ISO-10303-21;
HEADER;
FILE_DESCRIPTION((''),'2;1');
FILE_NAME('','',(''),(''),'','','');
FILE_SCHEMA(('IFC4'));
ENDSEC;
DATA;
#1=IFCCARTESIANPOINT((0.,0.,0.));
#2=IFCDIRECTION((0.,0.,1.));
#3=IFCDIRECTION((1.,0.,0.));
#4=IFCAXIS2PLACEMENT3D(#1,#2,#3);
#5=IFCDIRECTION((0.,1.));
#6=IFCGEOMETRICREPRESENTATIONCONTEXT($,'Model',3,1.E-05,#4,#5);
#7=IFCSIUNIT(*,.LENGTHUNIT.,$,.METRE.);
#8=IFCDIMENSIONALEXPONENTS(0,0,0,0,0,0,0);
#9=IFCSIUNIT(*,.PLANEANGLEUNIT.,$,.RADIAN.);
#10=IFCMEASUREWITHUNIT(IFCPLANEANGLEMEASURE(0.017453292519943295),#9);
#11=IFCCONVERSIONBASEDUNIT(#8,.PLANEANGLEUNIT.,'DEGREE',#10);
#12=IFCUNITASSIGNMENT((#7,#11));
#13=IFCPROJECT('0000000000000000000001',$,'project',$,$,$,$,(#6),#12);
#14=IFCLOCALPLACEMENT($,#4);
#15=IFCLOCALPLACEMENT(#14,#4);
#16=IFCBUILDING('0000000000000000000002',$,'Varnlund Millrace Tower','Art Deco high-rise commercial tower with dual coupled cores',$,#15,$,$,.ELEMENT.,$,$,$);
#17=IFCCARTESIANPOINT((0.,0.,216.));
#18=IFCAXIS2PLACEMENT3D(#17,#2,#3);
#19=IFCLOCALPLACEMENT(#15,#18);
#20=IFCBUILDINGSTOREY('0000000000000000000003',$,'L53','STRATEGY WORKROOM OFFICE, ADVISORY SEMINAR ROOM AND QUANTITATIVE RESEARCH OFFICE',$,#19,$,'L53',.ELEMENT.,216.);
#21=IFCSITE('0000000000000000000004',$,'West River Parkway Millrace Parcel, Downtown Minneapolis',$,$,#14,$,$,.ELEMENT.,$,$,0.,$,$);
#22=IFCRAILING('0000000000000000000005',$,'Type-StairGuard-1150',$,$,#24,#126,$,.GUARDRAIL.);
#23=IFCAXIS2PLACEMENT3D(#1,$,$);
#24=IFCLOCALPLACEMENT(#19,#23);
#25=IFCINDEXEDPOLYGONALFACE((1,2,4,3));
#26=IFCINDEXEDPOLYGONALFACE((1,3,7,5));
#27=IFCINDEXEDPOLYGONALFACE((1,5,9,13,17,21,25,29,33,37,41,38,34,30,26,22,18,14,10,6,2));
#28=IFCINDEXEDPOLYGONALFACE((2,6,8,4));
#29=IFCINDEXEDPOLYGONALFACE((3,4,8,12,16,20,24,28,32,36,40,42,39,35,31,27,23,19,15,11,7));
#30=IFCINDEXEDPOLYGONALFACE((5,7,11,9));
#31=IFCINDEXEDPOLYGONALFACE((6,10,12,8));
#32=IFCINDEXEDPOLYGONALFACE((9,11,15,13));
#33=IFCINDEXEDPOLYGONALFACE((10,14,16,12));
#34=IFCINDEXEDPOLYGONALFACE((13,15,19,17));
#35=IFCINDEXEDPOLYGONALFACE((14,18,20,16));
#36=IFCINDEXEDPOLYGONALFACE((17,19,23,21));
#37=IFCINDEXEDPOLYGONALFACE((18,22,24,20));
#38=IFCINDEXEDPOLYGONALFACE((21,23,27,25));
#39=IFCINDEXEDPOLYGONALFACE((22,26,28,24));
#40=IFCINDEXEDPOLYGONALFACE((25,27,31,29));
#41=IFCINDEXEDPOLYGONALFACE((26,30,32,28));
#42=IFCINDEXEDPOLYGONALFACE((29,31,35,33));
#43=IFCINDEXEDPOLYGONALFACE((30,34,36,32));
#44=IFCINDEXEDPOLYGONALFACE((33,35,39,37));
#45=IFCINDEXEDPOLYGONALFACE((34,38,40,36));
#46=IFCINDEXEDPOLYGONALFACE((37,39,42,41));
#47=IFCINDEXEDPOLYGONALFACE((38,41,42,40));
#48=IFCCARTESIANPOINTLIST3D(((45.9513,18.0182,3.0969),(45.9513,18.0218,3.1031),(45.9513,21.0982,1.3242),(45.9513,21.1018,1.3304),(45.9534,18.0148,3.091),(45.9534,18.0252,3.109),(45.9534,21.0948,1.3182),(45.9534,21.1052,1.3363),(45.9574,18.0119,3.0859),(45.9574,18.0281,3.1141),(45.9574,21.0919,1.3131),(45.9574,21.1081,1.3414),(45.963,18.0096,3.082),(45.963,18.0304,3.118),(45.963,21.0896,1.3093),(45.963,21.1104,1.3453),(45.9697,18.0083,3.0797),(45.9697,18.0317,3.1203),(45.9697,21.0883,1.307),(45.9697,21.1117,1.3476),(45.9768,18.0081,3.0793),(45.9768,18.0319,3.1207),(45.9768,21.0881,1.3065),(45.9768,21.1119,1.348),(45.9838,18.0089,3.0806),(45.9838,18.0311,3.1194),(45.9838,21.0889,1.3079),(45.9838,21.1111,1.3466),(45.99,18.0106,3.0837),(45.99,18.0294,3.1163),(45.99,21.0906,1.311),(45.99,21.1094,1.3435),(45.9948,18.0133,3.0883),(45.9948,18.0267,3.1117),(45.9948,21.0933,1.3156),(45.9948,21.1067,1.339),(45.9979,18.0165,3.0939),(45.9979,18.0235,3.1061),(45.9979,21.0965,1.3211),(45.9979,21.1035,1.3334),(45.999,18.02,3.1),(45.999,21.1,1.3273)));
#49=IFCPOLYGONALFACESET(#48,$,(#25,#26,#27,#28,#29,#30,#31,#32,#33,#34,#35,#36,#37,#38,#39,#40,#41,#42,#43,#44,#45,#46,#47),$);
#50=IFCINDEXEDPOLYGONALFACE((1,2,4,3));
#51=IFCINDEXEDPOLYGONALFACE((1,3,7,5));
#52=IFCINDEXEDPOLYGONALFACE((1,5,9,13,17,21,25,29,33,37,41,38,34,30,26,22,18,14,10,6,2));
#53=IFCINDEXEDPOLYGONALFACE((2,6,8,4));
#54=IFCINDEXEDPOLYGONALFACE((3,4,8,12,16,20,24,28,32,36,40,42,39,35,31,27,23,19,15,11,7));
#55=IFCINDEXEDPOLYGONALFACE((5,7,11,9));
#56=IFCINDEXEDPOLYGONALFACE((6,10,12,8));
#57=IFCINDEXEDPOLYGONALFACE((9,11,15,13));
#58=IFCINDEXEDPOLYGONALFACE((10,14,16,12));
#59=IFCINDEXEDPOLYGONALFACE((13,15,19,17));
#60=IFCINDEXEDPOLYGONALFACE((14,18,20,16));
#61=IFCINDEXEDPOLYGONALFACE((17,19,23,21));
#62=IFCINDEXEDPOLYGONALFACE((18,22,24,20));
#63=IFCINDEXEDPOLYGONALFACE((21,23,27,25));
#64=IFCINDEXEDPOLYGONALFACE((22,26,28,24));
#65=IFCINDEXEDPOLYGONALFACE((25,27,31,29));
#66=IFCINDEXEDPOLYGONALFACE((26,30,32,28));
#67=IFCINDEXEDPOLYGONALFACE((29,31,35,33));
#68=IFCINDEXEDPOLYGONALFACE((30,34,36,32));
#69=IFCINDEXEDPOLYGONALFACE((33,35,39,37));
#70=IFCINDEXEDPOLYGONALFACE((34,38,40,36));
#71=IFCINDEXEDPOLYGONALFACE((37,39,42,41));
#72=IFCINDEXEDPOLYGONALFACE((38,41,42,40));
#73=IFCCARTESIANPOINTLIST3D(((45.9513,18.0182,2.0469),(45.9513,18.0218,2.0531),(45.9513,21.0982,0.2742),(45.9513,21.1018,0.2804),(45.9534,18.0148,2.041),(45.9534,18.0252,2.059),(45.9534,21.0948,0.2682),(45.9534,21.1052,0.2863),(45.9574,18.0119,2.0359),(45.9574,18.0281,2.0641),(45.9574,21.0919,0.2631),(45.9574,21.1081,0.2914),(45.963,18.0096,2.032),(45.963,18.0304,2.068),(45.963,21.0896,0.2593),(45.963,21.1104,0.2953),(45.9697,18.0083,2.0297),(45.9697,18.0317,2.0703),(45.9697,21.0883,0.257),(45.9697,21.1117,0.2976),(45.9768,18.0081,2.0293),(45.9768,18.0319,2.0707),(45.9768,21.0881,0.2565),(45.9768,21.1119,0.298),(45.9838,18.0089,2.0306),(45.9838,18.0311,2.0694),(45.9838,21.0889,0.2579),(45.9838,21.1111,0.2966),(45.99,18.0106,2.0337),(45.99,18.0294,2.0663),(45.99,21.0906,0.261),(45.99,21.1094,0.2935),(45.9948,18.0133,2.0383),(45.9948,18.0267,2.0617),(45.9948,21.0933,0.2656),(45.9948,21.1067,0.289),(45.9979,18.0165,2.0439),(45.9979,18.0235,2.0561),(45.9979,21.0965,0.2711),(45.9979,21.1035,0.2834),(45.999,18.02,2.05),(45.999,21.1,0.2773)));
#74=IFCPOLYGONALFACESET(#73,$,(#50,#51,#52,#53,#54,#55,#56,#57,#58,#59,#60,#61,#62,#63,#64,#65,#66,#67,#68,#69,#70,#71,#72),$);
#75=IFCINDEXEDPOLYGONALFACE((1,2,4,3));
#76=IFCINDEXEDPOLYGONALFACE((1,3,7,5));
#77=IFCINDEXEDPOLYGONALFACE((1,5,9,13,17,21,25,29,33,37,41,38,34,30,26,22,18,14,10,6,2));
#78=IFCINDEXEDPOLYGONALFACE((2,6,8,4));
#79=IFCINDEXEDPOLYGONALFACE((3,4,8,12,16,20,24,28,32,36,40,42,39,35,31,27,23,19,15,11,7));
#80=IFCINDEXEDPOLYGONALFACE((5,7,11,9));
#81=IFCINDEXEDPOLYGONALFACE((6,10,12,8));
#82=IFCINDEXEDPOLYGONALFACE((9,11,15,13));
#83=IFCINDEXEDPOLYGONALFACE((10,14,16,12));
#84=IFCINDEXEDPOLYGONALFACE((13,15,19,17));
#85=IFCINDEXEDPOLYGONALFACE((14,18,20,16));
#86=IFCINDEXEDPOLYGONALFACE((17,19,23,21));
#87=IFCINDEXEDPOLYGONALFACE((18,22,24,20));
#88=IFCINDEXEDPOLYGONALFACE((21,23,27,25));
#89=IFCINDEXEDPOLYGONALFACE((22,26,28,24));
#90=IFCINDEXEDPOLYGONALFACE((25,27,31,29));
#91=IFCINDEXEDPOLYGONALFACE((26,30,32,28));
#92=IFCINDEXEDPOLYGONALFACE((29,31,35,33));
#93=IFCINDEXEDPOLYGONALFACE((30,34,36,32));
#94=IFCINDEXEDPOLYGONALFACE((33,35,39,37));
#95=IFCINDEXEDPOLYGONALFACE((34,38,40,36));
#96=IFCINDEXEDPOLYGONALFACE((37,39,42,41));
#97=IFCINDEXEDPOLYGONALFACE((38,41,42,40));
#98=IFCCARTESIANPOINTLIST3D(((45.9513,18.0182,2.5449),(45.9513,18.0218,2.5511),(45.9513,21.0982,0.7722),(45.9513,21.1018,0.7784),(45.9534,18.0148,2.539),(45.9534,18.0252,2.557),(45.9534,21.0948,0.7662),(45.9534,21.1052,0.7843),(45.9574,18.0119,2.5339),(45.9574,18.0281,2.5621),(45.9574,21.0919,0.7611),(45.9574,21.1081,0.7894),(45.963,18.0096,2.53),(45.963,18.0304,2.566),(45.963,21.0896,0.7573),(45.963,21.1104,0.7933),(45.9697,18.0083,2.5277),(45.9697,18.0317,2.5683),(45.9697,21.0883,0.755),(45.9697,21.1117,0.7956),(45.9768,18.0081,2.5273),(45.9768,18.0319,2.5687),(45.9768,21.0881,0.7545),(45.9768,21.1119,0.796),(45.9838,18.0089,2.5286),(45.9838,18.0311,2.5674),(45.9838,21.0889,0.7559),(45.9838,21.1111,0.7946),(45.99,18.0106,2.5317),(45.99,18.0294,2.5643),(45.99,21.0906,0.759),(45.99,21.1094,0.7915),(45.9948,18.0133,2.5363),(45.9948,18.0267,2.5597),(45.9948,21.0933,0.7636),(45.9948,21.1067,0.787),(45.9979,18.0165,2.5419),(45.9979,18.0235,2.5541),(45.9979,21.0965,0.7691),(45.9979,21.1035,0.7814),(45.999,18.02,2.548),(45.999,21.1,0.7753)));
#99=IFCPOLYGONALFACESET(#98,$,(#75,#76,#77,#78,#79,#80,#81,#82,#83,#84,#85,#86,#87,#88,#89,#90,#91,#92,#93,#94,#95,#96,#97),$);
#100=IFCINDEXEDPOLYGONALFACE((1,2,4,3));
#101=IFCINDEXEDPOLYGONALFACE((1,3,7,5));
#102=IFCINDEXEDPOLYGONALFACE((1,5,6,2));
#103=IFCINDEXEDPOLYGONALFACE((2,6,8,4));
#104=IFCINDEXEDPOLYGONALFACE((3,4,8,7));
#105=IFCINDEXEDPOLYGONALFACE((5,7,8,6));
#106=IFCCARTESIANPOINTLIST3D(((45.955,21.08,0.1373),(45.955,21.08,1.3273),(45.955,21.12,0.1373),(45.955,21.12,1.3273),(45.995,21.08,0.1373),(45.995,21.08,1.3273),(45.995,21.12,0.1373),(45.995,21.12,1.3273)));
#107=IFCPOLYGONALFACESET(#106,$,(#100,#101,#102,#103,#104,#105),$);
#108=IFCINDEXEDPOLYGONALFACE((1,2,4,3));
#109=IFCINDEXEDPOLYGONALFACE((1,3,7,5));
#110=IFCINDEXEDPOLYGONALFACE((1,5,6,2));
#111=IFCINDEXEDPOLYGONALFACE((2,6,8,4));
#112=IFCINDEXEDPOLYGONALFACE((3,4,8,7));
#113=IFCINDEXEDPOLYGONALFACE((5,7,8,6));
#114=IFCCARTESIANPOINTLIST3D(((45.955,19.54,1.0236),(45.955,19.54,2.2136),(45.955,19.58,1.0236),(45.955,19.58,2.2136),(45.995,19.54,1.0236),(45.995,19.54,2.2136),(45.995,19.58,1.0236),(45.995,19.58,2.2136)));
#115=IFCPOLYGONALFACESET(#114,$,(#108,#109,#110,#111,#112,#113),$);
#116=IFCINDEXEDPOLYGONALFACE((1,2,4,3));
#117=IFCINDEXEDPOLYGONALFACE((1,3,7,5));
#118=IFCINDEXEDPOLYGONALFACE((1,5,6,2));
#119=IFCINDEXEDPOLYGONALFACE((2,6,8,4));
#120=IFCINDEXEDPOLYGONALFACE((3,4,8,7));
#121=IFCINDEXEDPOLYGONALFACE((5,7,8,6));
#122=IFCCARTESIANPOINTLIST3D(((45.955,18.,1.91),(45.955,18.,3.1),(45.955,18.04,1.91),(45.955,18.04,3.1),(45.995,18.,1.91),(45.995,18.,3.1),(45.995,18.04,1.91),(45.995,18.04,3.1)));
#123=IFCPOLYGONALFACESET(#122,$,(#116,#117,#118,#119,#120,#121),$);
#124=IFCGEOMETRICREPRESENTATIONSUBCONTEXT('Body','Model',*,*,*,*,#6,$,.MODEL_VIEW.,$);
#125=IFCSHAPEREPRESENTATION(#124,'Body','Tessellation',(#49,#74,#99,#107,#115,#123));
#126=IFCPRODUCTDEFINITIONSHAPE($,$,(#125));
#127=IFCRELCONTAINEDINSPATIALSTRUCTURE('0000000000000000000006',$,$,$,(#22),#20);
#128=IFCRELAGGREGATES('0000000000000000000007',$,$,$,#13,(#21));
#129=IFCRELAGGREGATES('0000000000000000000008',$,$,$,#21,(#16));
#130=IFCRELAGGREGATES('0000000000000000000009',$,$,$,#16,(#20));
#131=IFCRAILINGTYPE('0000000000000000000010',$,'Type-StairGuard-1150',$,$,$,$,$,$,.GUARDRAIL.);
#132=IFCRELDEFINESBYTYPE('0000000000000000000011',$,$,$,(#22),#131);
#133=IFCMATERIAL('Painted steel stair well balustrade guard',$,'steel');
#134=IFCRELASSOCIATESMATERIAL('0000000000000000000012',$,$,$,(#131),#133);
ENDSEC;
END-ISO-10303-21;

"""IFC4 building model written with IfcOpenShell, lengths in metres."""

from ifc_helpers import new_model, entity, si_unit, converted_unit, direction, frame, origin_with_axes, origin_2d_with_axis, place, context, subcontext, project, spatial, rectangle, circle, extrude, material, type_object, element, save


model = new_model("IFC4")

# Units and contexts
model_context = context("Model", 3, precision=1e-05, world=origin_with_axes(), true_north=direction((0.0, 1.0)))
body_context = subcontext(model_context, "Body", "Model", "MODEL_VIEW")
ifc_project = project(units=[si_unit("LENGTHUNIT", "METRE"), converted_unit("PLANEANGLEUNIT", "DEGREE", entity("IfcPlaneAngleMeasure", 0.017453292519943295), si_unit("PLANEANGLEUNIT", "RADIAN"), dimensions=[0, 0, 0, 0, 0, 0, 0])], contexts=[model_context])

# Site, building, storey
site_placement = place(None, origin_with_axes())
site = spatial("IfcSite", under=ifc_project, at=site_placement, Name="West River Parkway Millrace Parcel, Downtown Minneapolis", CompositionType="ELEMENT", RefElevation=0.0)
building_placement = place(site_placement, origin_with_axes())
building = spatial("IfcBuilding", under=site, at=building_placement, Name="Varnlund Millrace Tower", Description="Art Deco high-rise commercial tower with dual coupled cores", CompositionType="ELEMENT")
storey_placement = place(building_placement, frame((0.0, 0.0, 216.0), z_axis=(0.0, 0.0, 1.0), x_axis=(1.0, 0.0, 0.0)))
storey = spatial("IfcBuildingStorey", under=building, at=storey_placement, Name="L53", Description="STRATEGY WORKROOM OFFICE, ADVISORY SEMINAR ROOM AND QUANTITATIVE RESEARCH OFFICE", LongName="L53", CompositionType="ELEMENT", Elevation=216.0)

# Railing
ifc_material_1 = material(Name="Painted steel stair well balustrade guard", Category="steel")
railing_type_1 = type_object("IfcRailingType", Name="Type-StairGuard-1150", PredefinedType="GUARDRAIL", material=ifc_material_1)
railing_1_placement = place(storey_placement, frame((0.0, 0.0, -216.0), z_axis=(0.0, 0.0, 1.0), x_axis=(1.0, 0.0, 0.0)))
element("IfcRailing", 1, at=railing_1_placement, inside=storey, type_object=railing_type_1, Name="Type-StairGuard-1150", PredefinedType="GUARDRAIL", context=body_context, shape_type="SweptSolid", body=[
    extrude(circle(Radius=0.024, at=origin_2d_with_axis()), frame((45.975, 21.1, 217.3273), z_axis=(0.0, -0.866696, 0.498836), x_axis=(1.0, 0.0, 0.0)), (0.0, 0.0, 1.0), 3.5537),
    extrude(circle(Radius=0.024, at=origin_2d_with_axis()), frame((45.975, 21.1, 216.2773), z_axis=(0.0, -0.866696, 0.498836), x_axis=(1.0, 0.0, 0.0)), (0.0, 0.0, 1.0), 3.5537),
    extrude(circle(Radius=0.024, at=origin_2d_with_axis()), frame((45.975, 21.1, 216.7753), z_axis=(0.0, -0.866696, 0.498836), x_axis=(1.0, 0.0, 0.0)), (0.0, 0.0, 1.0), 3.5537),
    extrude(rectangle(XDim=0.04, YDim=0.04, at=origin_2d_with_axis()), frame((45.975, 21.1, 216.1373), z_axis=(0.0, 0.0, 1.0), x_axis=(1.0, 0.0, 0.0)), (0.0, 0.0, 1.0), 1.19),
    extrude(rectangle(XDim=0.04, YDim=0.04, at=origin_2d_with_axis()), frame((45.975, 19.56, 217.0236), z_axis=(0.0, 0.0, 1.0), x_axis=(1.0, 0.0, 0.0)), (0.0, 0.0, 1.0), 1.19),
    extrude(rectangle(XDim=0.04, YDim=0.04, at=origin_2d_with_axis()), frame((45.975, 18.02, 217.91), z_axis=(0.0, 0.0, 1.0), x_axis=(1.0, 0.0, 0.0)), (0.0, 0.0, 1.0), 1.19),
])

save(model, "model.ifc")
